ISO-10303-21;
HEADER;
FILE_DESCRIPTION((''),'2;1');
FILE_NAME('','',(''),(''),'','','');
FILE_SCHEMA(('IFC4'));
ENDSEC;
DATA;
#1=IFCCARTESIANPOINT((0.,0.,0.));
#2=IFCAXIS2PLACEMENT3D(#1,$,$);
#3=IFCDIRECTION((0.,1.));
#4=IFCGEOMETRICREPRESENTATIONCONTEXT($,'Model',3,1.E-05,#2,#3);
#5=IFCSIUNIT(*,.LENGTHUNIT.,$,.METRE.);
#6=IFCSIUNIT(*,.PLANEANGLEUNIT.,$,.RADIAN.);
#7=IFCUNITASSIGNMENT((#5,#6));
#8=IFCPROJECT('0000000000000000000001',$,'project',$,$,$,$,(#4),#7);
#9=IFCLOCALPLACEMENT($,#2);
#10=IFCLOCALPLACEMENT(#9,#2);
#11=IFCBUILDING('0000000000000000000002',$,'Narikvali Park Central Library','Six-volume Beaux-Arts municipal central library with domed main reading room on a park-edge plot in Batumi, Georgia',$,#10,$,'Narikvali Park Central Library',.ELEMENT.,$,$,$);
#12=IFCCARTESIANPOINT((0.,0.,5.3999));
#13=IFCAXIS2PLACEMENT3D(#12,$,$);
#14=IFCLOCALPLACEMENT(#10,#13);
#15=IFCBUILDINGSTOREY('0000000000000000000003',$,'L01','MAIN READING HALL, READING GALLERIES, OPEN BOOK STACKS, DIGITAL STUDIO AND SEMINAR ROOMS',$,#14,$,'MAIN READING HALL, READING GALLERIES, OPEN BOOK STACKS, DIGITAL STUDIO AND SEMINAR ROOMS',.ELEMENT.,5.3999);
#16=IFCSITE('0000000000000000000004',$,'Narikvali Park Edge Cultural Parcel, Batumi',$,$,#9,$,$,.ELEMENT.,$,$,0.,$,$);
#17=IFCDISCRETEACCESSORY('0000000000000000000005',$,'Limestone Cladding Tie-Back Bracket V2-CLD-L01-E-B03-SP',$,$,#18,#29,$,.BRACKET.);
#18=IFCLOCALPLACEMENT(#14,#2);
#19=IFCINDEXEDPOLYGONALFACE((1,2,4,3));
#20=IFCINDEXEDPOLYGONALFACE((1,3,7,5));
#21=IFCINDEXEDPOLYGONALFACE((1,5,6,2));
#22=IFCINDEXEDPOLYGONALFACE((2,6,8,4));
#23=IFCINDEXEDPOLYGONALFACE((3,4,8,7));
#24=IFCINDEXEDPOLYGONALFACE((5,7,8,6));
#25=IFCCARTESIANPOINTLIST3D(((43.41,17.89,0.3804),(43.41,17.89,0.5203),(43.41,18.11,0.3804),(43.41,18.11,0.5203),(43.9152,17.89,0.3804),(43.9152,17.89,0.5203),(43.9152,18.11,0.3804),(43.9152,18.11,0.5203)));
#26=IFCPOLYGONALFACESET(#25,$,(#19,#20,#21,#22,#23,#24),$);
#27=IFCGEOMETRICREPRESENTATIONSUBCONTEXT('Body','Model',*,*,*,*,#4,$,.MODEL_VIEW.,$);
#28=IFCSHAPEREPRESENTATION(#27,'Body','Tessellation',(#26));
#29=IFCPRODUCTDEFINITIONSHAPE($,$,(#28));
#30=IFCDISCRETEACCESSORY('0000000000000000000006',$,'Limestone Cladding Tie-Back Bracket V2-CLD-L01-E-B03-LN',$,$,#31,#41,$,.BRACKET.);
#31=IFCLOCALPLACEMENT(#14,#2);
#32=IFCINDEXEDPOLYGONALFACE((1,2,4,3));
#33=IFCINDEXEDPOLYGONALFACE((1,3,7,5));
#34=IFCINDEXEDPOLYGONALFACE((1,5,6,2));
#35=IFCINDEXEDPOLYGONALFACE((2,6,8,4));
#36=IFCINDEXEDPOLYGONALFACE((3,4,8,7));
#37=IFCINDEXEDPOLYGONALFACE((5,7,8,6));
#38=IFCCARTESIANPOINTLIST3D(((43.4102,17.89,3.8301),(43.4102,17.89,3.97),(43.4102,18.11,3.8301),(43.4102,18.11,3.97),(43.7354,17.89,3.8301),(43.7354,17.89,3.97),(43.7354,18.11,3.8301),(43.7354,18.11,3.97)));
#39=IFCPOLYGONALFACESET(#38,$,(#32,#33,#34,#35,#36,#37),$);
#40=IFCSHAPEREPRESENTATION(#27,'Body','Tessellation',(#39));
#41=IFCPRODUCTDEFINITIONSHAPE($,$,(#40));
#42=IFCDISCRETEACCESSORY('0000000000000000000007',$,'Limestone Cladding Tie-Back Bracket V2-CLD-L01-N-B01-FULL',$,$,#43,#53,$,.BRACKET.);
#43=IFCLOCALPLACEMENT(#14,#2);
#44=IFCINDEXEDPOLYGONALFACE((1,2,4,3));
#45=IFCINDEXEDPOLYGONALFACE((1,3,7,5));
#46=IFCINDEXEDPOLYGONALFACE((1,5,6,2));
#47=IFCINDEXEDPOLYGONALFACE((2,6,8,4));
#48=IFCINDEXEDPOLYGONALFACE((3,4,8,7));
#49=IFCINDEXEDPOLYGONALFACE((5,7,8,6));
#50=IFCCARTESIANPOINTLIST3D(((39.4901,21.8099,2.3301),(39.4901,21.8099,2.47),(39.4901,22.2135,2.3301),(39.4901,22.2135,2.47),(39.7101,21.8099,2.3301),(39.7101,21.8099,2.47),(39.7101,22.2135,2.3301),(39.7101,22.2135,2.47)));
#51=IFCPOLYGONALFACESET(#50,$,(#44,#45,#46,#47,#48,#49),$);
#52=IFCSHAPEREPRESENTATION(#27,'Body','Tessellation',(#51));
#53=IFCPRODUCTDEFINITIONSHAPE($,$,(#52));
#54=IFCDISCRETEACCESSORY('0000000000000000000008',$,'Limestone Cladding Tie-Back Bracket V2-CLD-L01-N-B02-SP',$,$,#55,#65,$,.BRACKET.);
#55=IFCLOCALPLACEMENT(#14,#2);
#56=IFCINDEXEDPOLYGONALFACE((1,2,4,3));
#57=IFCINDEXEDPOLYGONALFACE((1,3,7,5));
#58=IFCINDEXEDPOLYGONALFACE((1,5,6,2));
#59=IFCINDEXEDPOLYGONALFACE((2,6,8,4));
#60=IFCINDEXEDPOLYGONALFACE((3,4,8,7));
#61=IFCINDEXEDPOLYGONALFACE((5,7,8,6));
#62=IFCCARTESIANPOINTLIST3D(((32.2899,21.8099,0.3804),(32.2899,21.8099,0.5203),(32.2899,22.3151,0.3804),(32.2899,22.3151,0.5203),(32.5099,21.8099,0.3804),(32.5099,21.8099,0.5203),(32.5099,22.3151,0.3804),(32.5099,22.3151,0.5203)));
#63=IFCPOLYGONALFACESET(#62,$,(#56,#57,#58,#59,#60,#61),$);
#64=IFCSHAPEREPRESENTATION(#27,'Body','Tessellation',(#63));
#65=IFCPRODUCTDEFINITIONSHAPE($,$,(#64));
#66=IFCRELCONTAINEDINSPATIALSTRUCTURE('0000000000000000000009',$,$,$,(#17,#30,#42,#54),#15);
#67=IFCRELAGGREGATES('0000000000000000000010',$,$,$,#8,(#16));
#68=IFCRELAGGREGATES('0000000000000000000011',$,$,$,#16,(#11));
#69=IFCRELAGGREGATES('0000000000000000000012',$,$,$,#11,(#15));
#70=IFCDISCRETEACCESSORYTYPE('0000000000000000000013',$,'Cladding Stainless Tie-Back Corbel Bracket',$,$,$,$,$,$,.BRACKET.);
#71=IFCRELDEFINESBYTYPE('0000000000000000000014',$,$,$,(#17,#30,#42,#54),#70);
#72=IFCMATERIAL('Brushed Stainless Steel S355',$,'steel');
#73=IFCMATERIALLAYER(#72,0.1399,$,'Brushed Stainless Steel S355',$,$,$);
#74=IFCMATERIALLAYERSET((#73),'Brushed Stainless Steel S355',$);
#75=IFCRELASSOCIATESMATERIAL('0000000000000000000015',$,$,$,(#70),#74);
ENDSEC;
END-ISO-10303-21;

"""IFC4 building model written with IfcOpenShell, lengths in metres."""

from ifc_helpers import new_model, si_unit, direction, frame, origin, origin_2d, place, context, subcontext, project, spatial, rectangle, extrude, material, layer, layer_set, type_object, element, save


model = new_model("IFC4")

# Units and contexts
model_context = context("Model", 3, precision=1e-05, world=origin(), true_north=direction((0.0, 1.0)))
body_context = subcontext(model_context, "Body", "Model", "MODEL_VIEW")
ifc_project = project(units=[si_unit("LENGTHUNIT", "METRE"), si_unit("PLANEANGLEUNIT", "RADIAN")], contexts=[model_context])

# Site, building, storey
site_placement = place(None, origin())
site = spatial("IfcSite", under=ifc_project, at=site_placement, Name="Narikvali Park Edge Cultural Parcel, Batumi", CompositionType="ELEMENT", RefElevation=0.0)
building_placement = place(site_placement, origin())
building = spatial("IfcBuilding", under=site, at=building_placement, Name="Narikvali Park Central Library", Description="Six-volume Beaux-Arts municipal central library with domed main reading room on a park-edge plot in Batumi, Georgia", LongName="Narikvali Park Central Library", CompositionType="ELEMENT")
storey_placement = place(building_placement, frame((0.0, 0.0, 5.3999)))
storey = spatial("IfcBuildingStorey", under=building, at=storey_placement, Name="L01", Description="MAIN READING HALL, READING GALLERIES, OPEN BOOK STACKS, DIGITAL STUDIO AND SEMINAR ROOMS", LongName="MAIN READING HALL, READING GALLERIES, OPEN BOOK STACKS, DIGITAL STUDIO AND SEMINAR ROOMS", CompositionType="ELEMENT", Elevation=5.3999)

# Discrete accessories
ifc_material_1 = material(Name="Brushed Stainless Steel S355", Category="steel")
ifc_layer_1 = layer(ifc_material_1, 0.1399, Name="Brushed Stainless Steel S355")
ifc_layer_set_1 = layer_set([ifc_layer_1], Name="Brushed Stainless Steel S355")
discrete_accessory_type = type_object("IfcDiscreteAccessoryType", Name="Cladding Stainless Tie-Back Corbel Bracket", PredefinedType="BRACKET", material=ifc_layer_set_1)
discrete_accessory_1_placement = place(storey_placement, frame((43.6626, 18.0, 0.3804), z_axis=(0.0, 0.0, 1.0), x_axis=(1.0, 0.0, 0.0)))
element("IfcDiscreteAccessory", 1, at=discrete_accessory_1_placement, inside=storey, type_object=discrete_accessory_type, Name="Limestone Cladding Tie-Back Bracket V2-CLD-L01-E-B03-SP", PredefinedType="BRACKET", context=body_context, shape_type="SweptSolid", body=[
    extrude(rectangle(XDim=0.5051, YDim=0.22, at=origin_2d()), origin(), (0.0, 0.0, 1.0), 0.1399),
])
discrete_accessory_2_placement = place(storey_placement, frame((43.5728, 18.0, 3.8301), z_axis=(0.0, 0.0, 1.0), x_axis=(1.0, 0.0, 0.0)))
element("IfcDiscreteAccessory", 2, at=discrete_accessory_2_placement, inside=storey, type_object=discrete_accessory_type, Name="Limestone Cladding Tie-Back Bracket V2-CLD-L01-E-B03-LN", PredefinedType="BRACKET", context=body_context, shape_type="SweptSolid", body=[
    extrude(rectangle(XDim=0.3252, YDim=0.22, at=origin_2d()), origin(), (0.0, 0.0, 1.0), 0.1399),
])
discrete_accessory_3_placement = place(storey_placement, frame((39.6001, 22.0117, 2.3301), z_axis=(0.0, 0.0, 1.0), x_axis=(1.0, 0.0, 0.0)))
element("IfcDiscreteAccessory", 3, at=discrete_accessory_3_placement, inside=storey, type_object=discrete_accessory_type, Name="Limestone Cladding Tie-Back Bracket V2-CLD-L01-N-B01-FULL", PredefinedType="BRACKET", context=body_context, shape_type="SweptSolid", body=[
    extrude(rectangle(XDim=0.22, YDim=0.4036, at=origin_2d()), origin(), (0.0, 0.0, 1.0), 0.1399),
])
discrete_accessory_4_placement = place(storey_placement, frame((32.3999, 22.0625, 0.3804), z_axis=(0.0, 0.0, 1.0), x_axis=(1.0, 0.0, 0.0)))
element("IfcDiscreteAccessory", 4, at=discrete_accessory_4_placement, inside=storey, type_object=discrete_accessory_type, Name="Limestone Cladding Tie-Back Bracket V2-CLD-L01-N-B02-SP", PredefinedType="BRACKET", context=body_context, shape_type="SweptSolid", body=[
    extrude(rectangle(XDim=0.22, YDim=0.5051, at=origin_2d()), origin(), (0.0, 0.0, 1.0), 0.1399),
])

save(model, "model.ifc")
